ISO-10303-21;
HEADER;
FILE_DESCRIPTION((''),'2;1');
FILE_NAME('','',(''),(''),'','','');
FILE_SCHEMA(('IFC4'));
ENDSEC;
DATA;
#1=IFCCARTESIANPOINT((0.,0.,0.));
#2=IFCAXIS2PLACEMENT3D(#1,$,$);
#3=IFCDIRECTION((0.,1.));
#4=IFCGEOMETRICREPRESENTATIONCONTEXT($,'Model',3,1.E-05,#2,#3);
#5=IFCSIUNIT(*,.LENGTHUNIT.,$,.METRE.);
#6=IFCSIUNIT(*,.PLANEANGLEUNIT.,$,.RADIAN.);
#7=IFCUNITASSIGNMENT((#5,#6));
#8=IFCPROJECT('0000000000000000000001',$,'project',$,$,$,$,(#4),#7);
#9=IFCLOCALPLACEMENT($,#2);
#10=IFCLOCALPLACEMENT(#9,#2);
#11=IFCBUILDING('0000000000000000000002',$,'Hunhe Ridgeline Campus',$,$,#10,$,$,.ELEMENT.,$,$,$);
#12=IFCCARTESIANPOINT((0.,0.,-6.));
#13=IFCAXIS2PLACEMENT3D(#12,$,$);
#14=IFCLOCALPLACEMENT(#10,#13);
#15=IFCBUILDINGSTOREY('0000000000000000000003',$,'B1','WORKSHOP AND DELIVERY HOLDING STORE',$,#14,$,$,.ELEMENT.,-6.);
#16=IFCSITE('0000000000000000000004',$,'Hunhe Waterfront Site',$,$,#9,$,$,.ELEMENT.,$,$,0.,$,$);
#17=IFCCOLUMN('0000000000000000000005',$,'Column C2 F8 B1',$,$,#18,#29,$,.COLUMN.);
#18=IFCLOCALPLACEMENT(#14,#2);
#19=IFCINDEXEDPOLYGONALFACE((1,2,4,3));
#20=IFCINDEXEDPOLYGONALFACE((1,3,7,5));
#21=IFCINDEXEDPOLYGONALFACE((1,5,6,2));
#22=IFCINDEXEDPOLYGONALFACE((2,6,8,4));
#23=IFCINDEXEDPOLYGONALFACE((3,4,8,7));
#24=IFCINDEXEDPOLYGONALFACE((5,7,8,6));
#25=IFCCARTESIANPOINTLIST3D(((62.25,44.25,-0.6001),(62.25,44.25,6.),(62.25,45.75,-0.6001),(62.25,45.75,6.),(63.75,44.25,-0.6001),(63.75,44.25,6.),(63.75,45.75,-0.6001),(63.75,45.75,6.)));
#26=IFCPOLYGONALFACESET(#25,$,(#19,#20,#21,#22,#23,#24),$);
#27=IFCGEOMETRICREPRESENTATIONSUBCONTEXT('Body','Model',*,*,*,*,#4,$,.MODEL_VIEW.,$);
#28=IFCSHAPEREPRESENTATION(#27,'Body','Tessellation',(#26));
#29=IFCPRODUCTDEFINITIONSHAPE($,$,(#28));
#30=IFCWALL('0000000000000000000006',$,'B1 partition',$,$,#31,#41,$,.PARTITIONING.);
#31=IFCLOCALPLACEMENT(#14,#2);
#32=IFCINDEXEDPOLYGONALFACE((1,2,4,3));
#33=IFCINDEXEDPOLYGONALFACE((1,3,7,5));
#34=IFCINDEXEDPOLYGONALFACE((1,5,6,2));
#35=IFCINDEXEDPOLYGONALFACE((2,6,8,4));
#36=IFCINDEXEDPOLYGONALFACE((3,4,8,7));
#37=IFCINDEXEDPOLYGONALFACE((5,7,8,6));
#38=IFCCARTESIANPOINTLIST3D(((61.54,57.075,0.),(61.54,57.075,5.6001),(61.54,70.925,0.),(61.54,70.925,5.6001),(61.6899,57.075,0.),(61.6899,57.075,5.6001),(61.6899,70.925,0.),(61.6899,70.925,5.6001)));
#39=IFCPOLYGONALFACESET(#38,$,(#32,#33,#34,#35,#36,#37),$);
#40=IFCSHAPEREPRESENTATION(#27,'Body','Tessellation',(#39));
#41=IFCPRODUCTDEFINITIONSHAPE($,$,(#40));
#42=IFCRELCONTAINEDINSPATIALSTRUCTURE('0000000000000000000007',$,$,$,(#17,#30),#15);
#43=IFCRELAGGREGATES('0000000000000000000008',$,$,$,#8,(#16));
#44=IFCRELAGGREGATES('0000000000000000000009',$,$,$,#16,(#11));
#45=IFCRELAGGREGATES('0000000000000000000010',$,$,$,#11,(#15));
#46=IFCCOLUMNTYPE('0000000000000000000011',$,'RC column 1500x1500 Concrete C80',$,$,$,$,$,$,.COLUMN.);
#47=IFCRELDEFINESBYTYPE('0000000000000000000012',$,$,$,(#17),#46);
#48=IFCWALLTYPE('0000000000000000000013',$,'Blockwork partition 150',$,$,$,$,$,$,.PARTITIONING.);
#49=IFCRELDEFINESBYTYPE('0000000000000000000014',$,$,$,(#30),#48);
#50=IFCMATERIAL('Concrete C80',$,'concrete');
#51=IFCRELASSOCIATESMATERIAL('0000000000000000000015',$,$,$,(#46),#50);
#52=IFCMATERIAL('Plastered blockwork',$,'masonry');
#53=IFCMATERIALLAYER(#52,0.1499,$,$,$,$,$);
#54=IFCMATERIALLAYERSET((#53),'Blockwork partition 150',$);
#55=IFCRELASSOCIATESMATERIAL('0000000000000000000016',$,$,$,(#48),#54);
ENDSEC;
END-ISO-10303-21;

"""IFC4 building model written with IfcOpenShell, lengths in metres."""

from ifc_helpers import new_model, si_unit, direction, frame, frame_2d, origin, origin_2d, place, context, subcontext, project, spatial, rectangle, extrude, material, layer, layer_set, material_profile, profile_set, type_object, element, save


model = new_model("IFC4")

# Units and contexts
model_context = context("Model", 3, precision=1e-05, world=origin(), true_north=direction((0.0, 1.0)))
body_context = subcontext(model_context, "Body", "Model", "MODEL_VIEW")
ifc_project = project(units=[si_unit("LENGTHUNIT", "METRE"), si_unit("PLANEANGLEUNIT", "RADIAN")], contexts=[model_context])

# Site, building, storey
site_placement = place(None, origin())
site = spatial("IfcSite", under=ifc_project, at=site_placement, Name="Hunhe Waterfront Site", CompositionType="ELEMENT", RefElevation=0.0)
building_placement = place(site_placement, origin())
building = spatial("IfcBuilding", under=site, at=building_placement, Name="Hunhe Ridgeline Campus", CompositionType="ELEMENT")
storey_placement = place(building_placement, frame((0.0, 0.0, -6.0)))
storey = spatial("IfcBuildingStorey", under=building, at=storey_placement, Name="B1", Description="WORKSHOP AND DELIVERY HOLDING STORE", CompositionType="ELEMENT", Elevation=-6.0)

# Column
ifc_material_1 = material(Name="Concrete C80", Category="concrete")
ifc_material_profile_1 = material_profile(ifc_material_1, rectangle(XDim=1.5, YDim=1.5, at=origin_2d()))
ifc_profile_set_1 = profile_set([ifc_material_profile_1], Name="Concrete C80")
column_type = type_object("IfcColumnType", Name="RC column 1500x1500 Concrete C80", PredefinedType="COLUMN", material=ifc_profile_set_1)
for number, where, z_axis, x_axis, name in (
    (1, (63.0, 45.0, -0.6001), (0.0, 0.0, 1.0), (1.0, 0.0, 0.0), "Column C2 F8 B1"),
):
    element("IfcColumn", number, at=place(storey_placement, frame(where, z_axis=z_axis, x_axis=x_axis)), inside=storey, type_object=column_type, Name=name, PredefinedType="COLUMN", context=body_context, shape_type="SweptSolid", body=[
        extrude(rectangle(XDim=1.5, YDim=1.5, at=origin_2d()), origin(), (0.0, 0.0, 1.0), 6.6001),
    ])

# Wall
ifc_material_2 = material(Name="Plastered blockwork", Category="masonry")
ifc_layer = layer(ifc_material_2, 0.1499)
ifc_layer_set = layer_set([ifc_layer], Name="Blockwork partition 150")
wall_type = type_object("IfcWallType", Name="Blockwork partition 150", PredefinedType="PARTITIONING", material=ifc_layer_set)
wall_placement = place(storey_placement, frame((61.615, 57.075, 0.0), z_axis=(0.0, 0.0, 1.0), x_axis=(0.0, 1.0, 0.0)))
element("IfcWall", 2, at=wall_placement, inside=storey, type_object=wall_type, Name="B1 partition", PredefinedType="PARTITIONING", context=body_context, shape_type="SweptSolid", body=[
    extrude(rectangle(XDim=13.8501, YDim=0.1499, at=frame_2d((6.925, 0.0))), origin(), (0.0, 0.0, 1.0), 5.6001),
])

save(model, "model.ifc")
